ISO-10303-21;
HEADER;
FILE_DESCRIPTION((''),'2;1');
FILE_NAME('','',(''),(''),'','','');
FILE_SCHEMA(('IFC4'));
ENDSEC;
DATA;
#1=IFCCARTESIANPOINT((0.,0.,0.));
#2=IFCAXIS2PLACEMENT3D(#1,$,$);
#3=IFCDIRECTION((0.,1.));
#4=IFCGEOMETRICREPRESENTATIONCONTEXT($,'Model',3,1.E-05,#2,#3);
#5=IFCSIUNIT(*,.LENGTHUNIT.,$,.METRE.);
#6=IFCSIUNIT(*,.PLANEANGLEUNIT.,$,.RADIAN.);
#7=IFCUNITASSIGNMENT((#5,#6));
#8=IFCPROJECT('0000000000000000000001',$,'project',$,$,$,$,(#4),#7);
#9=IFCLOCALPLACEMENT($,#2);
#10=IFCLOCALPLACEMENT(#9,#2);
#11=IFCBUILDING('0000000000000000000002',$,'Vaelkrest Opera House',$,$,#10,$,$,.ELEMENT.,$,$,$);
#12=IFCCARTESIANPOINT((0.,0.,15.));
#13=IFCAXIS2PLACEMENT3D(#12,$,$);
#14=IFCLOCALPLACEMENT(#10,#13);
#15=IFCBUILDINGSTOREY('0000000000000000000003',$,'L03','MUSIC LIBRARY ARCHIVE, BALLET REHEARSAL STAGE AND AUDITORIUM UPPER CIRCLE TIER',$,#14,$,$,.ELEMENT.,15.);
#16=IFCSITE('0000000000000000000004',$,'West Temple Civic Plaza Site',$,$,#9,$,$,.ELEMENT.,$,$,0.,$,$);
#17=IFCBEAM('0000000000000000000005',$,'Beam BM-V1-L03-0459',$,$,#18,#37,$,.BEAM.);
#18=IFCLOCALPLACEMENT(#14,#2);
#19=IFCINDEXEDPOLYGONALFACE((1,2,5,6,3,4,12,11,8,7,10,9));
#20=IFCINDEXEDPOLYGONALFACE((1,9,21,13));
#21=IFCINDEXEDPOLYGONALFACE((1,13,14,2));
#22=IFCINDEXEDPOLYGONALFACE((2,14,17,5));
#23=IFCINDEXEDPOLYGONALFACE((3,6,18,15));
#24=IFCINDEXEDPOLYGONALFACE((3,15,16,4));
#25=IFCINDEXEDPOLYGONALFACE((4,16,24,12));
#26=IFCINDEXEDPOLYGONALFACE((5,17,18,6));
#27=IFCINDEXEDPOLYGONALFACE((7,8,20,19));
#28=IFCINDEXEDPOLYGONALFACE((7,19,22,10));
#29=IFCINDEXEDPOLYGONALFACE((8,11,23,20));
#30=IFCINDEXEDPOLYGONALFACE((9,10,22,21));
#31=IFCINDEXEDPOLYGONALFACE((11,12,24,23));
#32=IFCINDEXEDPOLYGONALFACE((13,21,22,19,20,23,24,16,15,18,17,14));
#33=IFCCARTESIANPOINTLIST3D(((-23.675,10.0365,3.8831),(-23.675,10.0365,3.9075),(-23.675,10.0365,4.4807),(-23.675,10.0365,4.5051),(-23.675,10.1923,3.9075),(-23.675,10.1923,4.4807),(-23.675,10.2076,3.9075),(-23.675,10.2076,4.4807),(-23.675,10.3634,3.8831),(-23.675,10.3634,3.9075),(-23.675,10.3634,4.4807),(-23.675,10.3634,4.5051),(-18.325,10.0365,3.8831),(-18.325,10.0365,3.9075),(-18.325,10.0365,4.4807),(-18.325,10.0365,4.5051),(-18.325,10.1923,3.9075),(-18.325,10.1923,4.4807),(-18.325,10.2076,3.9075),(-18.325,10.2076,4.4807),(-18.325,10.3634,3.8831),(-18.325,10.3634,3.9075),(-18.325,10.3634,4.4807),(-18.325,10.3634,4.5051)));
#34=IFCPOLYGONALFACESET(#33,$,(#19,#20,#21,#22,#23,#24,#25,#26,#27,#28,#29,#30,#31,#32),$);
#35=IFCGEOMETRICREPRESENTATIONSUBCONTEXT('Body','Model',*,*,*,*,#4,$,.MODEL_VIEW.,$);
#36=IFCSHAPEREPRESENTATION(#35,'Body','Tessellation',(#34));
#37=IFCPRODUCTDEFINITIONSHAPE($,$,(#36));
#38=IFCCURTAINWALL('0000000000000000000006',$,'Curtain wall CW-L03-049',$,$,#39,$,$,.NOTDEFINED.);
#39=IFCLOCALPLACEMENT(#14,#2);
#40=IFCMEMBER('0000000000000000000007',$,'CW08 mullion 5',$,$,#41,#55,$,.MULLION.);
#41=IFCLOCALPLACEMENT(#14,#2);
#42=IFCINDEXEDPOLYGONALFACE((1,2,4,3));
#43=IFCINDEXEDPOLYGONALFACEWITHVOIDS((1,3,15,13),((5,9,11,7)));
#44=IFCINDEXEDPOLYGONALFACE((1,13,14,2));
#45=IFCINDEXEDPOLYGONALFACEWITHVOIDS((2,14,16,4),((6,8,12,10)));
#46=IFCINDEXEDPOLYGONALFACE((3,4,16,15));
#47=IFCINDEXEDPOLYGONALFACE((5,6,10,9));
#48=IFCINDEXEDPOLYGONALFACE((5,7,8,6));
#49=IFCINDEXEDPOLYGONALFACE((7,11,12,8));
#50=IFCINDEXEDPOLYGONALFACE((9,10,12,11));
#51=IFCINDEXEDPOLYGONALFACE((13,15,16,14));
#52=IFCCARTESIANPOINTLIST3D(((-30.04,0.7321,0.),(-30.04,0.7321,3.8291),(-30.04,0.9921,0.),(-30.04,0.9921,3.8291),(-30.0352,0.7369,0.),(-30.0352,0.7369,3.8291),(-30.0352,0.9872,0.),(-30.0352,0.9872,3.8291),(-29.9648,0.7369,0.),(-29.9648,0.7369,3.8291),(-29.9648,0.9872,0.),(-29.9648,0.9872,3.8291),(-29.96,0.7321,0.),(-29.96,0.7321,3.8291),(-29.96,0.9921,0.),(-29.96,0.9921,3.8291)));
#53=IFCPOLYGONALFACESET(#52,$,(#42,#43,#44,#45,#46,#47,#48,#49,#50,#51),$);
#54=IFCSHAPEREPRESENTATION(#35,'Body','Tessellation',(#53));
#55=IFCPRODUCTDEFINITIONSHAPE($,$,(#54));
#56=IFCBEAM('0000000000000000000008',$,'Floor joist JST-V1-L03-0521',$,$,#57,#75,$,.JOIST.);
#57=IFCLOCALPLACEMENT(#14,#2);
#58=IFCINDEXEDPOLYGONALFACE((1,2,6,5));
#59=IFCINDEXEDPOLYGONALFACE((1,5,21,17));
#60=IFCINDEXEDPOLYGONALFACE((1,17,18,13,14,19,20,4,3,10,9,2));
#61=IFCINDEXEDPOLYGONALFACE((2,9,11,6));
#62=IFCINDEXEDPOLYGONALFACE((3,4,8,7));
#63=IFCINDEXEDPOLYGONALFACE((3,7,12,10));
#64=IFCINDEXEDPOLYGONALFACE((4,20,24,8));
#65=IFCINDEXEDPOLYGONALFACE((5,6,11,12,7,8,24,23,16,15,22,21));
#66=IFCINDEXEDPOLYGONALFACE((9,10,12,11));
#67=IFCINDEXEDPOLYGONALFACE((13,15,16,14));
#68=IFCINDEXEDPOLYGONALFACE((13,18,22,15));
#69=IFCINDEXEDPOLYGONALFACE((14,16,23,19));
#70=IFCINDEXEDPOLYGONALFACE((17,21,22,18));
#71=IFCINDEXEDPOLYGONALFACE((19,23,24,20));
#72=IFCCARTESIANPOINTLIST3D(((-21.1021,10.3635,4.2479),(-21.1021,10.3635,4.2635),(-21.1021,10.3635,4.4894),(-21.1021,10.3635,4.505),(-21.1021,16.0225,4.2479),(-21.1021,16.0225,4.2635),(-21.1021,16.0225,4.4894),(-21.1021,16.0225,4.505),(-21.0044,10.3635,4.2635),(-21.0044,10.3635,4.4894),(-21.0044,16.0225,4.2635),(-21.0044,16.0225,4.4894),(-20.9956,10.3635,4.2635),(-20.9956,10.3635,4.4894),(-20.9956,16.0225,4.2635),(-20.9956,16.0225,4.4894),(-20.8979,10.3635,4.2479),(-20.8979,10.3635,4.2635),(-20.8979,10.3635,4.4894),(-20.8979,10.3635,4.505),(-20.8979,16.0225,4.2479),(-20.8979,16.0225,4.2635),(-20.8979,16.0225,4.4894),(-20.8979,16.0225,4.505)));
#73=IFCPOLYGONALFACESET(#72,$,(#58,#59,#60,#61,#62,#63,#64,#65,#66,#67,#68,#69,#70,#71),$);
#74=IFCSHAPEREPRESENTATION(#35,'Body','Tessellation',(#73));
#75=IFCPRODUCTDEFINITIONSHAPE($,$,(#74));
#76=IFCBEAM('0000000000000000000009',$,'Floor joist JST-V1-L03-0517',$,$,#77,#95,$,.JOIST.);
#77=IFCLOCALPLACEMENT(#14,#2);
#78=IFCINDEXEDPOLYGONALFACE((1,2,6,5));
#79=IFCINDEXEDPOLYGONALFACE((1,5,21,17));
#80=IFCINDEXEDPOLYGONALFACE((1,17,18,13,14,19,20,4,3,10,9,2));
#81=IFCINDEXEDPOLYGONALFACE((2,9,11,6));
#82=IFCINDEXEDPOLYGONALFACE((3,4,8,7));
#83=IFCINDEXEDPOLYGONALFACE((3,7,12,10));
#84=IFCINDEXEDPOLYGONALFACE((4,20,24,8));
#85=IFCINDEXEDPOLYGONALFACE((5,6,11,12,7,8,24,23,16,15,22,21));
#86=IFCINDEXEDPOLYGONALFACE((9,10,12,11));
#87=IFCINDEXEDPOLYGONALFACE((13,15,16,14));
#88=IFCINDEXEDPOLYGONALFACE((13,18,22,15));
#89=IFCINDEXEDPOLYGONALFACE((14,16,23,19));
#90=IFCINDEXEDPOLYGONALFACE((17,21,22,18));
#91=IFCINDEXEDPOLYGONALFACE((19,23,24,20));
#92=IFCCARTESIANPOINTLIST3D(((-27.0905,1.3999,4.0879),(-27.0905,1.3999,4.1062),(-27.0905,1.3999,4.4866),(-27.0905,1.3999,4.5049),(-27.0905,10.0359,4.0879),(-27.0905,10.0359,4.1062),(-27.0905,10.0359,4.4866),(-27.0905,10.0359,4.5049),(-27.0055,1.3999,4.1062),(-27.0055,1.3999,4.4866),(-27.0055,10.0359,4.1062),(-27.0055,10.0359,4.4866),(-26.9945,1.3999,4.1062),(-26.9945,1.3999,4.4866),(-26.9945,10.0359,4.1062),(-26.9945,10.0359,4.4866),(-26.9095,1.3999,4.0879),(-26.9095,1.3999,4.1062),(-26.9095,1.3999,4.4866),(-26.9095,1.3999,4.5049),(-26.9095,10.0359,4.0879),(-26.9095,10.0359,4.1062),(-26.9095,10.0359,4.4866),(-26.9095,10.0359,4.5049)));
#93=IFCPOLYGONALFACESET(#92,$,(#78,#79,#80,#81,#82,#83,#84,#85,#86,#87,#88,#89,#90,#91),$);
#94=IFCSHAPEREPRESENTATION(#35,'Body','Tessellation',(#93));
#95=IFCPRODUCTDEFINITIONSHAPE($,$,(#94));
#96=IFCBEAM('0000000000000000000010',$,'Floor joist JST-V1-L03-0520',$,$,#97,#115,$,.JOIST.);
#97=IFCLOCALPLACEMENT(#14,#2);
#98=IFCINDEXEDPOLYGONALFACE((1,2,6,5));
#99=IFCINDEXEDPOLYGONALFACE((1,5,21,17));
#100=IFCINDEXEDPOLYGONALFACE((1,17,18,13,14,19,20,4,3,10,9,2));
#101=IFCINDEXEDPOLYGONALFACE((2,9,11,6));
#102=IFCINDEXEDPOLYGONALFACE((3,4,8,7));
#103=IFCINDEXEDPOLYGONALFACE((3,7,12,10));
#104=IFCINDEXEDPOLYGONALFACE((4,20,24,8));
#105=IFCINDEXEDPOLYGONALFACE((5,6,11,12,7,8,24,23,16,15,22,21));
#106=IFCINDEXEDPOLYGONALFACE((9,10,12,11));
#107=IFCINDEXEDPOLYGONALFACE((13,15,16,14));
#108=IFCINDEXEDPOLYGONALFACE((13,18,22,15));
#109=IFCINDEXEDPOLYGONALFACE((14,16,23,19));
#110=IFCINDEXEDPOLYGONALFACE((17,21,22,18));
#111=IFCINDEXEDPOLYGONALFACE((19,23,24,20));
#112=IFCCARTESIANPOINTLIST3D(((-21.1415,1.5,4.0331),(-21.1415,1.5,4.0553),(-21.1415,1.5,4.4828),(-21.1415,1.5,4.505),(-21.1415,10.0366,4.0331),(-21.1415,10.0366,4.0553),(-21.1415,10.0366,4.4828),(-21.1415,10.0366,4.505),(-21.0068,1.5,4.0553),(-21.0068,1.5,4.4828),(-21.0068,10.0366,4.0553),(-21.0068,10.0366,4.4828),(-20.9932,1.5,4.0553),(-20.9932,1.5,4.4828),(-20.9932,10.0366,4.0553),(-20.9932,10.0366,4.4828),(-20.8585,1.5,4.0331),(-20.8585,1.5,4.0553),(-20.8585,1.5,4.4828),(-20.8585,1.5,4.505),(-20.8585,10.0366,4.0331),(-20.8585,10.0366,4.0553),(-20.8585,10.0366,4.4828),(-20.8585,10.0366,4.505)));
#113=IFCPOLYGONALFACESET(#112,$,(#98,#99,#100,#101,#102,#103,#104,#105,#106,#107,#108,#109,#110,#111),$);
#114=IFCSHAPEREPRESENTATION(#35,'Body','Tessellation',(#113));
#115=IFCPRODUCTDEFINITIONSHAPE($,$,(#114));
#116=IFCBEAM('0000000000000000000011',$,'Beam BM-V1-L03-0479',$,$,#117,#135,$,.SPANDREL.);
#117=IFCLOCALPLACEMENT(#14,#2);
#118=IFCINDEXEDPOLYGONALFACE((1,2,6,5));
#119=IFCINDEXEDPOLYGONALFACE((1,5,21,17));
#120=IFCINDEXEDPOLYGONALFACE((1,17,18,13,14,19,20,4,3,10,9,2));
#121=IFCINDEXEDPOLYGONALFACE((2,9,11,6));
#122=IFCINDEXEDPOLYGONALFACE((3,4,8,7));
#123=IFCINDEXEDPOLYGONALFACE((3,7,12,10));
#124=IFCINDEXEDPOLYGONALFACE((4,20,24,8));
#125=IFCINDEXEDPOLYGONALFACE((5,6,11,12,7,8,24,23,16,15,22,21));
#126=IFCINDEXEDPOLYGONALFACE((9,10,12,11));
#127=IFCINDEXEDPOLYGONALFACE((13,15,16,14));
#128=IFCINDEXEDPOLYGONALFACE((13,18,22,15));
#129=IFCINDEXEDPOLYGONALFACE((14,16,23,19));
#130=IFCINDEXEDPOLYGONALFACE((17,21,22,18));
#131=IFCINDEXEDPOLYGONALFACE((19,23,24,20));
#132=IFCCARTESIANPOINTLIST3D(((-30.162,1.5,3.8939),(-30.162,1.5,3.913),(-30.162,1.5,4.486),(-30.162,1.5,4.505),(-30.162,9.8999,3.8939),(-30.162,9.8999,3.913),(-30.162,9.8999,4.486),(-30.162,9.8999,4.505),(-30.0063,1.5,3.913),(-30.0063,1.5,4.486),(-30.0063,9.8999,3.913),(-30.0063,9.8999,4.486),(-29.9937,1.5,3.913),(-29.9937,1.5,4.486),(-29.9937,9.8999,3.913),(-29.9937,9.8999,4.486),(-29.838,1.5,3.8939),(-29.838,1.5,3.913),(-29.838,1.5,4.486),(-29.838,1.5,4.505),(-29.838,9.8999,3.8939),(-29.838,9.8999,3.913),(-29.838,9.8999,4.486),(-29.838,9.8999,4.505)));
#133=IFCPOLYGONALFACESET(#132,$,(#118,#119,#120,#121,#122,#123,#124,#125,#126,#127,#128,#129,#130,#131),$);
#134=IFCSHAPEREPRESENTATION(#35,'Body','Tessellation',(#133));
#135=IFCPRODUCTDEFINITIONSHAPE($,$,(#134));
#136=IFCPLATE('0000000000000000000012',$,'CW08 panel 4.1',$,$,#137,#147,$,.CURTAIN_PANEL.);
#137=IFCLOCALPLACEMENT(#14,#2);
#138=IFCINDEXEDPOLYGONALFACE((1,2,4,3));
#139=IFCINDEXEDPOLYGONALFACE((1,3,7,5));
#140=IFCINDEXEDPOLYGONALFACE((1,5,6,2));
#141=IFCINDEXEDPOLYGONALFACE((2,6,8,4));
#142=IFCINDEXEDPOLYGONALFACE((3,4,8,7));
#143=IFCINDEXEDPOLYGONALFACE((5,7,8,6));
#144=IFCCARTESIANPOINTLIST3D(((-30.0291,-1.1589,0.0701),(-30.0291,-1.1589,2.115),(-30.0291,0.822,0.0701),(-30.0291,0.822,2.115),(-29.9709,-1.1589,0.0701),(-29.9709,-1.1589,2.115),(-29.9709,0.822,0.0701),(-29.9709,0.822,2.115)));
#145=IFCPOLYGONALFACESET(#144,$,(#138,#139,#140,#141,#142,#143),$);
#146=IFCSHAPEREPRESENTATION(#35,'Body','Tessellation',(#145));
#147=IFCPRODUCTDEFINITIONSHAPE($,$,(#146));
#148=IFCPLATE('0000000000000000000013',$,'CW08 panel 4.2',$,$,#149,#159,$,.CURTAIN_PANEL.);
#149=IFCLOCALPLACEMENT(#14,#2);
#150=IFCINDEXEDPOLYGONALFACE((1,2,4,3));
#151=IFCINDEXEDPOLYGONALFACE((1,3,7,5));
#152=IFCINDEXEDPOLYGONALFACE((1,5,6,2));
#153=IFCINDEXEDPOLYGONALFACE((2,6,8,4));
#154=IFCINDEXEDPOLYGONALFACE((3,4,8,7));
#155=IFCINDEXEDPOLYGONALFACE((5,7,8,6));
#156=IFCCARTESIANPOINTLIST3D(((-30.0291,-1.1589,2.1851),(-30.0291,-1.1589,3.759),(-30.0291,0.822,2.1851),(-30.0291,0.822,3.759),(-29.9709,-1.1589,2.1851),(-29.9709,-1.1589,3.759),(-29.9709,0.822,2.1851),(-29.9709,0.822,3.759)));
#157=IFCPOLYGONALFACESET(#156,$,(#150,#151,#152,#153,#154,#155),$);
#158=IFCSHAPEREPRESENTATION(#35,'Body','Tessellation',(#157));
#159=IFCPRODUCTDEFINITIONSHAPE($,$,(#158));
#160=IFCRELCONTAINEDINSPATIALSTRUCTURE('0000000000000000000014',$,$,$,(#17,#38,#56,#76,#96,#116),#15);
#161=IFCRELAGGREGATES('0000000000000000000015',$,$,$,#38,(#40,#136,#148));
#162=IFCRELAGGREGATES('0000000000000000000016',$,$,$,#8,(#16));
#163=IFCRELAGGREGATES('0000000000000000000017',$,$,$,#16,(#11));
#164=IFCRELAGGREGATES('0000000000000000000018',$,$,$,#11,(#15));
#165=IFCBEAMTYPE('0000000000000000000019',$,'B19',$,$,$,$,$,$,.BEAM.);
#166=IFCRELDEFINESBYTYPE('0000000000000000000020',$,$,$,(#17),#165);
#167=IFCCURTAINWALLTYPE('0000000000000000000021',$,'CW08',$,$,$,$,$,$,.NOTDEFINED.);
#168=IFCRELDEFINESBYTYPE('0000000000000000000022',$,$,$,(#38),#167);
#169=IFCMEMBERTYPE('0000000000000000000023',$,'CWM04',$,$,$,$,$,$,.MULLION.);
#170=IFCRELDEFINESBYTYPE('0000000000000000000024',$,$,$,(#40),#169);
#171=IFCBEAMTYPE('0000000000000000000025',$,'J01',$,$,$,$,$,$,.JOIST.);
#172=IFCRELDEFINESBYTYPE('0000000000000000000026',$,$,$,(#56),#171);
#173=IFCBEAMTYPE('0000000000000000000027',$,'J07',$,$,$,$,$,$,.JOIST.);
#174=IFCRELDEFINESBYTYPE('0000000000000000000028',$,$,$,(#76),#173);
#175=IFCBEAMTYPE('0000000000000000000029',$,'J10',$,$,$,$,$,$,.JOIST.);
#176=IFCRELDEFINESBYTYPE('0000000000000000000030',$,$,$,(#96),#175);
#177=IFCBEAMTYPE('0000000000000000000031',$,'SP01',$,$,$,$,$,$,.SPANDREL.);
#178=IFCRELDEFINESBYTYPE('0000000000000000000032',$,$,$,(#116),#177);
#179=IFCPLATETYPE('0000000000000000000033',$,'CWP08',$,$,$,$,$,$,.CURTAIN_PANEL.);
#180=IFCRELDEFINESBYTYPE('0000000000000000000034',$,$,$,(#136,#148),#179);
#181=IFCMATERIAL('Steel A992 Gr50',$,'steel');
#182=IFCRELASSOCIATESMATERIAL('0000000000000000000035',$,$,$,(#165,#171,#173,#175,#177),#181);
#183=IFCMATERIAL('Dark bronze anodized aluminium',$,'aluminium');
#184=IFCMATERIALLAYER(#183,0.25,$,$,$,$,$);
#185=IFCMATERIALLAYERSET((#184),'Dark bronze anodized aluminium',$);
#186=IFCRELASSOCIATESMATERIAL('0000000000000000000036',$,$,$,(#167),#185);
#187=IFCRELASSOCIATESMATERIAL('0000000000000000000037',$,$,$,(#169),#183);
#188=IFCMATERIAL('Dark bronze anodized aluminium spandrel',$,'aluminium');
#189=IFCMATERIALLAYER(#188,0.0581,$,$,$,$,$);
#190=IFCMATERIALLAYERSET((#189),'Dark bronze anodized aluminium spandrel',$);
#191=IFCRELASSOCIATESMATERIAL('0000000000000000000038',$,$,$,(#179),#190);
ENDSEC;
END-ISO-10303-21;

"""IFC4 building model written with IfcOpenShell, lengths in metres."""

from ifc_helpers import new_model, si_unit, direction, frame, origin, origin_2d, place, context, subcontext, project, spatial, rectangle, hollow_rectangle, i_section, extrude, material, layer, layer_set, material_profile, profile_set, type_object, element, aggregate, save


model = new_model("IFC4")

# Units and contexts
model_context = context("Model", 3, precision=1e-05, world=origin(), true_north=direction((0.0, 1.0)))
body_context = subcontext(model_context, "Body", "Model", "MODEL_VIEW")
ifc_project = project(units=[si_unit("LENGTHUNIT", "METRE"), si_unit("PLANEANGLEUNIT", "RADIAN")], contexts=[model_context])

# Site, building, storey
site_placement = place(None, origin())
site = spatial("IfcSite", under=ifc_project, at=site_placement, Name="West Temple Civic Plaza Site", CompositionType="ELEMENT", RefElevation=0.0)
building_placement = place(site_placement, origin())
building = spatial("IfcBuilding", under=site, at=building_placement, Name="Vaelkrest Opera House", CompositionType="ELEMENT")
storey_placement = place(building_placement, frame((0.0, 0.0, 15.0)))
storey = spatial("IfcBuildingStorey", under=building, at=storey_placement, Name="L03", Description="MUSIC LIBRARY ARCHIVE, BALLET REHEARSAL STAGE AND AUDITORIUM UPPER CIRCLE TIER", CompositionType="ELEMENT", Elevation=15.0)

# Beam
ifc_material_1 = material(Name="Steel A992 Gr50", Category="steel")
ifc_material_profile_1 = material_profile(ifc_material_1, i_section(OverallWidth=0.3269, OverallDepth=0.6221, WebThickness=0.0154, FlangeThickness=0.0244, at=origin_2d()), Name="W24X131")
ifc_profile_set_1 = profile_set([ifc_material_profile_1], Name="Steel A992 Gr50")
beam_type_1 = type_object("IfcBeamType", Name="B19", PredefinedType="BEAM", material=ifc_profile_set_1)
beam_1_placement = place(storey_placement, frame((-23.675, 10.2, 4.1941), z_axis=(1.0, 0.0, 0.0), x_axis=(0.0, 1.0, 0.0)))
element("IfcBeam", 1, at=beam_1_placement, inside=storey, type_object=beam_type_1, Name="Beam BM-V1-L03-0459", PredefinedType="BEAM", context=body_context, shape_type="SweptSolid", body=[
    extrude(i_section(OverallWidth=0.3269, OverallDepth=0.6221, WebThickness=0.0154, FlangeThickness=0.0244, at=origin_2d()), origin(), (0.0, 0.0, 1.0), 5.3501),
])

# Curtain wall, member
ifc_material_2 = material(Name="Dark bronze anodized aluminium", Category="aluminium")
ifc_layer_1 = layer(ifc_material_2, 0.25)
ifc_layer_set_1 = layer_set([ifc_layer_1], Name="Dark bronze anodized aluminium")
curtain_wall_type = type_object("IfcCurtainWallType", Name="CW08", PredefinedType="NOTDEFINED", material=ifc_layer_set_1)
curtain_wall_placement = place(storey_placement, origin())
curtain_wall = element("IfcCurtainWall", 2, at=curtain_wall_placement, inside=storey, type_object=curtain_wall_type, Name="Curtain wall CW-L03-049", PredefinedType="NOTDEFINED")
ifc_material_profile_2 = material_profile(ifc_material_2, hollow_rectangle(XDim=0.0801, YDim=0.26, WallThickness=0.0049, at=origin_2d()), Name="CWM80X260")
ifc_profile_set_2 = profile_set([ifc_material_profile_2], Name="Dark bronze anodized aluminium")
member_type = type_object("IfcMemberType", Name="CWM04", PredefinedType="MULLION", material=ifc_profile_set_2)
member_placement = place(storey_placement, frame((-30.0, 0.8621, 0.0), z_axis=(0.0, 0.0, 1.0), x_axis=(-1.0, 0.0, 0.0)))
member = element("IfcMember", 3, at=member_placement, type_object=member_type, Name="CW08 mullion 5", PredefinedType="MULLION", context=body_context, shape_type="SweptSolid", body=[
    extrude(hollow_rectangle(XDim=0.0801, YDim=0.26, WallThickness=0.0049, at=origin_2d()), origin(), (0.0, 0.0, 1.0), 3.8291),
])

# Beams
ifc_material_profile_3 = material_profile(ifc_material_1, i_section(OverallWidth=0.2041, OverallDepth=0.2571, WebThickness=0.0088, FlangeThickness=0.0156, at=origin_2d()), Name="W10X45")
ifc_profile_set_3 = profile_set([ifc_material_profile_3], Name="Steel A992 Gr50")
beam_type_2 = type_object("IfcBeamType", Name="J01", PredefinedType="JOIST", material=ifc_profile_set_3)
beam_2_placement = place(storey_placement, frame((-21.0, 10.3635, 4.3765), z_axis=(0.0, 1.0, 0.0), x_axis=(-1.0, 0.0, 0.0)))
element("IfcBeam", 4, at=beam_2_placement, inside=storey, type_object=beam_type_2, Name="Floor joist JST-V1-L03-0521", PredefinedType="JOIST", context=body_context, shape_type="SweptSolid", body=[
    extrude(i_section(OverallWidth=0.2041, OverallDepth=0.2571, WebThickness=0.0088, FlangeThickness=0.0156, at=origin_2d()), origin(), (0.0, 0.0, 1.0), 5.6589),
])
ifc_material_profile_4 = material_profile(ifc_material_1, i_section(OverallWidth=0.1809, OverallDepth=0.417, WebThickness=0.011, FlangeThickness=0.0183, at=origin_2d()), Name="W16X57")
ifc_profile_set_4 = profile_set([ifc_material_profile_4], Name="Steel A992 Gr50")
beam_type_3 = type_object("IfcBeamType", Name="J07", PredefinedType="JOIST", material=ifc_profile_set_4)
beam_3_placement = place(storey_placement, frame((-27.0, 1.3999, 4.2964), z_axis=(0.0, 1.0, 0.0), x_axis=(-1.0, 0.0, 0.0)))
element("IfcBeam", 5, at=beam_3_placement, inside=storey, type_object=beam_type_3, Name="Floor joist JST-V1-L03-0517", PredefinedType="JOIST", context=body_context, shape_type="SweptSolid", body=[
    extrude(i_section(OverallWidth=0.1809, OverallDepth=0.417, WebThickness=0.011, FlangeThickness=0.0183, at=origin_2d()), origin(), (0.0, 0.0, 1.0), 8.636),
])
ifc_material_profile_5 = material_profile(ifc_material_1, i_section(OverallWidth=0.283, OverallDepth=0.4719, WebThickness=0.0137, FlangeThickness=0.0222, at=origin_2d()), Name="W18X97")
ifc_profile_set_5 = profile_set([ifc_material_profile_5], Name="Steel A992 Gr50")
beam_type_4 = type_object("IfcBeamType", Name="J10", PredefinedType="JOIST", material=ifc_profile_set_5)
beam_4_placement = place(storey_placement, frame((-21.0, 1.5, 4.269), z_axis=(0.0, 1.0, 0.0), x_axis=(-1.0, 0.0, 0.0)))
element("IfcBeam", 6, at=beam_4_placement, inside=storey, type_object=beam_type_4, Name="Floor joist JST-V1-L03-0520", PredefinedType="JOIST", context=body_context, shape_type="SweptSolid", body=[
    extrude(i_section(OverallWidth=0.283, OverallDepth=0.4719, WebThickness=0.0137, FlangeThickness=0.0222, at=origin_2d()), origin(), (0.0, 0.0, 1.0), 8.5366),
])
ifc_material_profile_6 = material_profile(ifc_material_1, i_section(OverallWidth=0.324, OverallDepth=0.6111, WebThickness=0.0127, FlangeThickness=0.019, at=origin_2d()), Name="W24X104")
ifc_profile_set_6 = profile_set([ifc_material_profile_6], Name="Steel A992 Gr50")
beam_type_5 = type_object("IfcBeamType", Name="SP01", PredefinedType="SPANDREL", material=ifc_profile_set_6)
beam_5_placement = place(storey_placement, frame((-30.0, 1.5, 4.1995), z_axis=(0.0, 1.0, 0.0), x_axis=(-1.0, 0.0, 0.0)))
element("IfcBeam", 7, at=beam_5_placement, inside=storey, type_object=beam_type_5, Name="Beam BM-V1-L03-0479", PredefinedType="SPANDREL", context=body_context, shape_type="SweptSolid", body=[
    extrude(i_section(OverallWidth=0.324, OverallDepth=0.6111, WebThickness=0.0127, FlangeThickness=0.019, at=origin_2d()), origin(), (0.0, 0.0, 1.0), 8.3999),
])

# Plates
ifc_material_3 = material(Name="Dark bronze anodized aluminium spandrel", Category="aluminium")
ifc_layer_2 = layer(ifc_material_3, 0.0581)
ifc_layer_set_2 = layer_set([ifc_layer_2], Name="Dark bronze anodized aluminium spandrel")
plate_type = type_object("IfcPlateType", Name="CWP08", PredefinedType="CURTAIN_PANEL", material=ifc_layer_set_2)
plate_1_placement = place(storey_placement, frame((-30.0, -0.1685, 0.0701), z_axis=(0.0, 0.0, 1.0), x_axis=(0.0, 1.0, 0.0)))
plate_1 = element("IfcPlate", 8, at=plate_1_placement, type_object=plate_type, Name="CW08 panel 4.1", PredefinedType="CURTAIN_PANEL", context=body_context, shape_type="SweptSolid", body=[
    extrude(rectangle(XDim=1.981, YDim=0.0581, at=origin_2d()), origin(), (0.0, 0.0, 1.0), 2.0449),
])
plate_2_placement = place(storey_placement, frame((-30.0, -0.1685, 2.1851), z_axis=(0.0, 0.0, 1.0), x_axis=(0.0, 1.0, 0.0)))
plate_2 = element("IfcPlate", 9, at=plate_2_placement, type_object=plate_type, Name="CW08 panel 4.2", PredefinedType="CURTAIN_PANEL", context=body_context, shape_type="SweptSolid", body=[
    extrude(rectangle(XDim=1.981, YDim=0.0581, at=origin_2d()), origin(), (0.0, 0.0, 1.0), 1.574),
])
aggregate(curtain_wall, [member, plate_1, plate_2])

save(model, "model.ifc")
